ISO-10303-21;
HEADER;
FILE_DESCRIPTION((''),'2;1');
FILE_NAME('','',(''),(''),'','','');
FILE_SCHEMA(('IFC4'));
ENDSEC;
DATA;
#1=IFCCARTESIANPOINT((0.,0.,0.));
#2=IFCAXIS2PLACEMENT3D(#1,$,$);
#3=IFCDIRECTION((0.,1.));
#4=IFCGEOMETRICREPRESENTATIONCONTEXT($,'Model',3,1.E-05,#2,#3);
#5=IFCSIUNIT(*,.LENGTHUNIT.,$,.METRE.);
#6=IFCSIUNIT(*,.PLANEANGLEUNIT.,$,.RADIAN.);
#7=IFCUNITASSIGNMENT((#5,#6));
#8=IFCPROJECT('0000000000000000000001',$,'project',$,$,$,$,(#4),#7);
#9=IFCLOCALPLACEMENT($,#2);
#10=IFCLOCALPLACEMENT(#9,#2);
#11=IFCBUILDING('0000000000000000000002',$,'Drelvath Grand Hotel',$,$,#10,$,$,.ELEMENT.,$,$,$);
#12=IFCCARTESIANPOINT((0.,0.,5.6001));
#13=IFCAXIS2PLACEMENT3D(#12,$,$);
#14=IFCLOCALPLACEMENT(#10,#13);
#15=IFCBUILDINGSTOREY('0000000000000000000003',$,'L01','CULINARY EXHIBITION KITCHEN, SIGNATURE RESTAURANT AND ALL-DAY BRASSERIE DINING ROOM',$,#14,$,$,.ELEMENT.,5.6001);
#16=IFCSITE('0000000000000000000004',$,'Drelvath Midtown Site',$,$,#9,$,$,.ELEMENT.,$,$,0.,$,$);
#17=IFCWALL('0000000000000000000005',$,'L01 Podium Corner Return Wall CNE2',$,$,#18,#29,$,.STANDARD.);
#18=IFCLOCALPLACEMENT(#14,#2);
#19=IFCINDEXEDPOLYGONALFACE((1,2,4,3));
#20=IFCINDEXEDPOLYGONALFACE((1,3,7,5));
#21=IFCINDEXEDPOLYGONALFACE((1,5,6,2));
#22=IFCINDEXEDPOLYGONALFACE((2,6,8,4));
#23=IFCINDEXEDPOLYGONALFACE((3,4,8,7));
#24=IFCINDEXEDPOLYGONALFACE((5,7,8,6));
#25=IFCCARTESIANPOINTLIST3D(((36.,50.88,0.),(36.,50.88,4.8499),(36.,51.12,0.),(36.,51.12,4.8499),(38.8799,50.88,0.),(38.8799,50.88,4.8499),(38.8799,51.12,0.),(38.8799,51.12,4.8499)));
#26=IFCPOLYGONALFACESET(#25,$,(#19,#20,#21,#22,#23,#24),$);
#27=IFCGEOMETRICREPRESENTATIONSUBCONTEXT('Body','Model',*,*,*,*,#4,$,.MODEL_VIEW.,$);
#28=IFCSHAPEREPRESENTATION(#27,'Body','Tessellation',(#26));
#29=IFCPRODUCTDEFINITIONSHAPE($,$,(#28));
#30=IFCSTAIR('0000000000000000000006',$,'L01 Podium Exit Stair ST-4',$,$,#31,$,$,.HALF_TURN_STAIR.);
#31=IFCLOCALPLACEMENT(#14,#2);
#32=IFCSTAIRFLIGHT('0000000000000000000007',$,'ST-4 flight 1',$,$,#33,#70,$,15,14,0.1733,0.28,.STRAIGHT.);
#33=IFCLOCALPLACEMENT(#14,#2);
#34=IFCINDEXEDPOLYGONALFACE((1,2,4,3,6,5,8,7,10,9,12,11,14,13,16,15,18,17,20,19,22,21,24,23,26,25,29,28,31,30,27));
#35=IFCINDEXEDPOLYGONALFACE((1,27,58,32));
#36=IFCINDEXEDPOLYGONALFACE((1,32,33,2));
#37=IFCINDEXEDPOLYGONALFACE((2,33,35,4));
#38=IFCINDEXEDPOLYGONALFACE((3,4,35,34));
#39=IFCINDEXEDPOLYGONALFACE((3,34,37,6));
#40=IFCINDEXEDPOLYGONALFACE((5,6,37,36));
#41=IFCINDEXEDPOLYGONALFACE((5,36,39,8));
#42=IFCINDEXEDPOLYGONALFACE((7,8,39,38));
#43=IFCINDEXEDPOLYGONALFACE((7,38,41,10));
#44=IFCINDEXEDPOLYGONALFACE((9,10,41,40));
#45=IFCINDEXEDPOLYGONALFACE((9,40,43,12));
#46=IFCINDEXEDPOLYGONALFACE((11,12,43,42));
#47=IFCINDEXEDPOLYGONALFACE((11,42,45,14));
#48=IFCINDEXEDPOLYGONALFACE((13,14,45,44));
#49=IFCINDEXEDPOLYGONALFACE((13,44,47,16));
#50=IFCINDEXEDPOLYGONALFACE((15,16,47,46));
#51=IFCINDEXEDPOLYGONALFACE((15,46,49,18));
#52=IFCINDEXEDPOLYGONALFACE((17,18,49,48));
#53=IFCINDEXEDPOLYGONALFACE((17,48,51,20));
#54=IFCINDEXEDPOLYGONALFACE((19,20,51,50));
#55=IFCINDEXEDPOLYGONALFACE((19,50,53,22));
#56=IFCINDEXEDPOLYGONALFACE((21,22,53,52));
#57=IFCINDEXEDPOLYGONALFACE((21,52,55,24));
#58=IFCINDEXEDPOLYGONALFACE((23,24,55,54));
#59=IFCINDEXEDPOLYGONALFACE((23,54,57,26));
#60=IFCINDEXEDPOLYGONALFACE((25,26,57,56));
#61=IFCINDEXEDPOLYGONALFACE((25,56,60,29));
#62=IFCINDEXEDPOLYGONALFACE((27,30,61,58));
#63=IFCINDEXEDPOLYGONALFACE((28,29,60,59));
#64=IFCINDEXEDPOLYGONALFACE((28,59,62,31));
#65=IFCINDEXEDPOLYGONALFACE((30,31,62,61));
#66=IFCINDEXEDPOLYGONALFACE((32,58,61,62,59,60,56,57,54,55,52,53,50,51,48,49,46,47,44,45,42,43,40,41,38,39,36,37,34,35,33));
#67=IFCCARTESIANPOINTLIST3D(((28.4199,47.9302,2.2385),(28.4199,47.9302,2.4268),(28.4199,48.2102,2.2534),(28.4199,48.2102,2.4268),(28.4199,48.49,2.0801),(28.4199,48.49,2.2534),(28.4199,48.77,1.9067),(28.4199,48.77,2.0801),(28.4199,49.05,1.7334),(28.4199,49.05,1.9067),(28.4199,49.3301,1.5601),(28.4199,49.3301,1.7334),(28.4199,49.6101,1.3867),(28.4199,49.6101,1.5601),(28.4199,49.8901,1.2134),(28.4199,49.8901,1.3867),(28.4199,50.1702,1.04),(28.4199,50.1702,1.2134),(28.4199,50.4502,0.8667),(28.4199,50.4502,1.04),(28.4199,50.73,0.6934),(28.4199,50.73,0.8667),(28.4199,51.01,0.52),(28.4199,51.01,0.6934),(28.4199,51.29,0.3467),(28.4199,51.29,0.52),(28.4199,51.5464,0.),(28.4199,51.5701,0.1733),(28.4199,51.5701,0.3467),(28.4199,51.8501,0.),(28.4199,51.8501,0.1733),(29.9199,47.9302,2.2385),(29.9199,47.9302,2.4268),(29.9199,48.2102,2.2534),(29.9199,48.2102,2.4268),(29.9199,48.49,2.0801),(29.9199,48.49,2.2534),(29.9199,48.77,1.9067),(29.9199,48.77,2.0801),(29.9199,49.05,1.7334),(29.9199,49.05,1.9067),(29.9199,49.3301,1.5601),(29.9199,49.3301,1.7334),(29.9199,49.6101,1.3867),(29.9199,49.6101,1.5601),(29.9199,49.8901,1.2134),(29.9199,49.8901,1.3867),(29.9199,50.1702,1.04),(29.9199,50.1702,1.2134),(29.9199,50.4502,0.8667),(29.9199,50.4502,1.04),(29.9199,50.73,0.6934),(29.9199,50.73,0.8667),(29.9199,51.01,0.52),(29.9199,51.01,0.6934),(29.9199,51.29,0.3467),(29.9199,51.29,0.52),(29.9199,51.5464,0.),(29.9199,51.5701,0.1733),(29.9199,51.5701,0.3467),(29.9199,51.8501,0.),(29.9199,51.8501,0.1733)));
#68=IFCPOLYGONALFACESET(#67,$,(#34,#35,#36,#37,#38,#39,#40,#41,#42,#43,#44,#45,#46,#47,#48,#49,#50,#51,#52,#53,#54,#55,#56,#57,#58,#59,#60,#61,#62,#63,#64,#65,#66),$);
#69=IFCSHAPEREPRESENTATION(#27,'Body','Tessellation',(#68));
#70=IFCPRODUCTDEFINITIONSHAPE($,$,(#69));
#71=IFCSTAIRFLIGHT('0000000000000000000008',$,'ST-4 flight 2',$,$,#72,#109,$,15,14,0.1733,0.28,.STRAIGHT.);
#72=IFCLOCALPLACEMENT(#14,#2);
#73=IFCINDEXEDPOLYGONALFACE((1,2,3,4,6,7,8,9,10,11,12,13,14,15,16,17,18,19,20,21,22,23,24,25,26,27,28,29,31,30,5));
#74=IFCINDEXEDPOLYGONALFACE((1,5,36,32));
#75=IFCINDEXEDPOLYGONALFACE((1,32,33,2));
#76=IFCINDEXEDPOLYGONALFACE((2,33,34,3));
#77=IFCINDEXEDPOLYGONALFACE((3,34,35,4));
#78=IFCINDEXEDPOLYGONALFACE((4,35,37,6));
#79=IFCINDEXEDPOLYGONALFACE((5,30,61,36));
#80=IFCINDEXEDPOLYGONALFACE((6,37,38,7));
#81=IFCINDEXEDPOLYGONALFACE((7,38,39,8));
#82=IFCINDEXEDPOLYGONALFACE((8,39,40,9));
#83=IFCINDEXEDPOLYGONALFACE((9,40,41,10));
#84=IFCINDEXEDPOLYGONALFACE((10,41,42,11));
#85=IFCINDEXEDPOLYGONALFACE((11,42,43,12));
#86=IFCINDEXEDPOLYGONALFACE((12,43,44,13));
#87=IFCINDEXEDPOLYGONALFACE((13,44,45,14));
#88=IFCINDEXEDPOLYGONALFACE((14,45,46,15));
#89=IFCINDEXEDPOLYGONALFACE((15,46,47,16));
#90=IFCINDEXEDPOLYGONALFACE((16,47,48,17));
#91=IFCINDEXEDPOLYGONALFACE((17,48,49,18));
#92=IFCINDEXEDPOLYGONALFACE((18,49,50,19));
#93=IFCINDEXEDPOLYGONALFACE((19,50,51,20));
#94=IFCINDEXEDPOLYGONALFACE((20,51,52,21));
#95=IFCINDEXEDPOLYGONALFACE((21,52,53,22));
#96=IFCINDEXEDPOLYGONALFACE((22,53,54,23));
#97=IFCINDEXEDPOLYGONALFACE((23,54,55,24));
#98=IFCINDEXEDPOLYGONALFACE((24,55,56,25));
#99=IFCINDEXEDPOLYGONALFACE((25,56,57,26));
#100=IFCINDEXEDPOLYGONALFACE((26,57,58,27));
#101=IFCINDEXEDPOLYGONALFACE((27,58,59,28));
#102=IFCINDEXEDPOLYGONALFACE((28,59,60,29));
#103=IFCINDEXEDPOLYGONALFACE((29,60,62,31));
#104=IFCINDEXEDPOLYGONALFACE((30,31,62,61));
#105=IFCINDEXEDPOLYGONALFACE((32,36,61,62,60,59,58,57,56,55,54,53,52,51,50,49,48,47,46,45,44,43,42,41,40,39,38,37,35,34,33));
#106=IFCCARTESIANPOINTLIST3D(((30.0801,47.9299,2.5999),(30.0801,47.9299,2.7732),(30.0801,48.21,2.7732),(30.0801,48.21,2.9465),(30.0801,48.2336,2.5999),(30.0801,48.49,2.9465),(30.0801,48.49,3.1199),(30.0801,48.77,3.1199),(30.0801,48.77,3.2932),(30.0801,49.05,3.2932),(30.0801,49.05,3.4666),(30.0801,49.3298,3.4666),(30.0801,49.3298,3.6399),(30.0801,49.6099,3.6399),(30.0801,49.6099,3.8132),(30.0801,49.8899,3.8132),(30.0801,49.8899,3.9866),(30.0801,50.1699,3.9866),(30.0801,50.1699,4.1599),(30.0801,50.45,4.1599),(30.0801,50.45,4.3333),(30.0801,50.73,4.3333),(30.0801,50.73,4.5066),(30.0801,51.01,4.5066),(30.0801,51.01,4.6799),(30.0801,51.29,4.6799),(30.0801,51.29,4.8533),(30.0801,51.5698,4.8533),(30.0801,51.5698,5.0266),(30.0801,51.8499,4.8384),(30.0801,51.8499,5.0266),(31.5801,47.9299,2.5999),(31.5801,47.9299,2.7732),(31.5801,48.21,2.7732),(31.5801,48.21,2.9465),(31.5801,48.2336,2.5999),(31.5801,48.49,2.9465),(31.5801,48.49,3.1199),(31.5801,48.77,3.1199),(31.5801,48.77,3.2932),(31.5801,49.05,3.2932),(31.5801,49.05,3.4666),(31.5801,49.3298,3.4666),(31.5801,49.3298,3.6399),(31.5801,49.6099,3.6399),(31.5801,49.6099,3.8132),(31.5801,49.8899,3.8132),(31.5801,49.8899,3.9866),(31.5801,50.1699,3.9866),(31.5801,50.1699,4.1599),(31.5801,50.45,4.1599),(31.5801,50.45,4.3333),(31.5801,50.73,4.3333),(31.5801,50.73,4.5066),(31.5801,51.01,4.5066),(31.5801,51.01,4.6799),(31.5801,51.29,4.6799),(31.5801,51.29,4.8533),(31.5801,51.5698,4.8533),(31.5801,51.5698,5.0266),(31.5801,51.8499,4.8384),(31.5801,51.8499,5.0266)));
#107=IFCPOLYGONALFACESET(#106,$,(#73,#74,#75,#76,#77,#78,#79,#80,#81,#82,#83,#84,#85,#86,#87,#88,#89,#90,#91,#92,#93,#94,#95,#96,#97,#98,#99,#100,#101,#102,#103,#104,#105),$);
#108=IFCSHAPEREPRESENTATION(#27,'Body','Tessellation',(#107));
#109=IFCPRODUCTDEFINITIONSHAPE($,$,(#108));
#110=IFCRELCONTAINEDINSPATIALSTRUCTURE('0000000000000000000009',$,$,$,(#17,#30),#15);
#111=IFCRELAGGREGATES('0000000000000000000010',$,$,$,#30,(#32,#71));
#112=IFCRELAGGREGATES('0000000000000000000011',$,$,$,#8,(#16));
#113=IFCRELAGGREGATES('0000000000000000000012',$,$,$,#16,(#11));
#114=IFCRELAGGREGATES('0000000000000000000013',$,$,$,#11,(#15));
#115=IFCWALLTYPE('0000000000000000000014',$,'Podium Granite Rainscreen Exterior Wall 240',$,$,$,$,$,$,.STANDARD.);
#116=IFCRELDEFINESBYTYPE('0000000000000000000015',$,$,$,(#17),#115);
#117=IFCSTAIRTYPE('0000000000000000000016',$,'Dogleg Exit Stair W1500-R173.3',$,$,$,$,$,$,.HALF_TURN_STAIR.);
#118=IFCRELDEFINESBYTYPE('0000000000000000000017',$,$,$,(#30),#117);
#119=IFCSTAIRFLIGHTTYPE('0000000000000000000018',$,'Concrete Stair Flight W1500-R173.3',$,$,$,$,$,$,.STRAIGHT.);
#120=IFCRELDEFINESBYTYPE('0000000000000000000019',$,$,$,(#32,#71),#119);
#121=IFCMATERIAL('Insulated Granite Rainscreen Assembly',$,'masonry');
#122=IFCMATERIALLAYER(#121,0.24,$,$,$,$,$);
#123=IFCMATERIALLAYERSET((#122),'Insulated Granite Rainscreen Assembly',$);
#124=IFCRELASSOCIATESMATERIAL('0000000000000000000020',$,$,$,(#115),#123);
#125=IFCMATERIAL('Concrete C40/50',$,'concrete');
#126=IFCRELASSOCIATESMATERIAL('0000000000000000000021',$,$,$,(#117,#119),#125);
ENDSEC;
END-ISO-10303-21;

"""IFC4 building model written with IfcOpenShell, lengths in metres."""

from ifc_helpers import new_model, si_unit, direction, frame, frame_2d, origin, place, context, subcontext, project, spatial, polyline, rectangle, outline, extrude, material, layer, layer_set, type_object, element, aggregate, save


model = new_model("IFC4")

# Units and contexts
model_context = context("Model", 3, precision=1e-05, world=origin(), true_north=direction((0.0, 1.0)))
body_context = subcontext(model_context, "Body", "Model", "MODEL_VIEW")
ifc_project = project(units=[si_unit("LENGTHUNIT", "METRE"), si_unit("PLANEANGLEUNIT", "RADIAN")], contexts=[model_context])

# Site, building, storey
site_placement = place(None, origin())
site = spatial("IfcSite", under=ifc_project, at=site_placement, Name="Drelvath Midtown Site", CompositionType="ELEMENT", RefElevation=0.0)
building_placement = place(site_placement, origin())
building = spatial("IfcBuilding", under=site, at=building_placement, Name="Drelvath Grand Hotel", CompositionType="ELEMENT")
storey_placement = place(building_placement, frame((0.0, 0.0, 5.6001)))
storey = spatial("IfcBuildingStorey", under=building, at=storey_placement, Name="L01", Description="CULINARY EXHIBITION KITCHEN, SIGNATURE RESTAURANT AND ALL-DAY BRASSERIE DINING ROOM", CompositionType="ELEMENT", Elevation=5.6001)

# Shared definitions
ifc_material_1 = material(Name="Concrete C40/50", Category="concrete")

# Shared definitions
ifc_material_2 = material(Name="Insulated Granite Rainscreen Assembly", Category="masonry")
ifc_layer_1 = layer(ifc_material_2, 0.24)
ifc_layer_set_1 = layer_set([ifc_layer_1], Name="Insulated Granite Rainscreen Assembly")
wall_type_1 = type_object("IfcWallType", Name="Podium Granite Rainscreen Exterior Wall 240", PredefinedType="STANDARD", material=ifc_layer_set_1)

# Wall
for number, where, z_axis, x_axis, name in (
    (1, (36.0, 51.0, 0.0), (0.0, 0.0, 1.0), (1.0, 0.0, 0.0), "L01 Podium Corner Return Wall CNE2"),
):
    element("IfcWall", number, at=place(storey_placement, frame(where, z_axis=z_axis, x_axis=x_axis)), inside=storey, type_object=wall_type_1, Name=name, PredefinedType="STANDARD", context=body_context, shape_type="SweptSolid", body=[
        extrude(rectangle(XDim=2.8799, YDim=0.24, at=frame_2d((1.4399, 0.0))), origin(), (0.0, 0.0, 1.0), 4.8499),
    ])

# Stair, stair flights
stair_type = type_object("IfcStairType", Name="Dogleg Exit Stair W1500-R173.3", PredefinedType="HALF_TURN_STAIR", material=ifc_material_1)
stair_placement = place(storey_placement, origin())
stair = element("IfcStair", 2, at=stair_placement, inside=storey, type_object=stair_type, Name="L01 Podium Exit Stair ST-4", PredefinedType="HALF_TURN_STAIR")
stair_flight_type = type_object("IfcStairFlightType", Name="Concrete Stair Flight W1500-R173.3", PredefinedType="STRAIGHT", material=ifc_material_1)
stair_flight_1_placement = place(storey_placement, frame((29.1699, 51.8501, 0.0), z_axis=(0.0, 0.0, 1.0), x_axis=(0.0, -1.0, 0.0)))
stair_flight_1 = element("IfcStairFlight", 3, at=stair_flight_1_placement, type_object=stair_flight_type, Name="ST-4 flight 1", NumberOfRisers=15, NumberOfTreads=14, PredefinedType="STRAIGHT", RiserHeight=0.1733, TreadLength=0.28, context=body_context, shape_type="SweptSolid", body=[
    extrude(outline(polyline([(0.0, 0.0), (0.0, 0.1733), (0.28, 0.1733), (0.28, 0.3467), (0.5601, 0.3467), (0.5601, 0.52), (0.8401, 0.52), (0.8401, 0.6934), (1.1201, 0.6934), (1.1201, 0.8667), (1.3999, 0.8667), (1.3999, 1.04), (1.6799, 1.04), (1.6799, 1.2134), (1.96, 1.2134), (1.96, 1.3867), (2.24, 1.3867), (2.24, 1.5601), (2.52, 1.5601), (2.52, 1.7334), (2.8, 1.7334), (2.8, 1.9067), (3.0801, 1.9067), (3.0801, 2.0801), (3.3601, 2.0801), (3.3601, 2.2534), (3.6399, 2.2534), (3.6399, 2.4268), (3.9199, 2.4268), (3.9199, 2.6001), (3.9199, 2.2385), (0.3037, 0.0), (0.0, 0.0)])), frame((0.0, 0.75, 0.0), z_axis=(0.0, -1.0, 0.0), x_axis=(1.0, 0.0, 0.0)), (0.0, 0.0, 1.0), 1.5),
])
stair_flight_2_placement = place(storey_placement, frame((30.8301, 47.9299, 2.5999), z_axis=(0.0, 0.0, 1.0), x_axis=(0.0, 1.0, 0.0)))
stair_flight_2 = element("IfcStairFlight", 4, at=stair_flight_2_placement, type_object=stair_flight_type, Name="ST-4 flight 2", NumberOfRisers=15, NumberOfTreads=14, PredefinedType="STRAIGHT", RiserHeight=0.1733, TreadLength=0.28, context=body_context, shape_type="SweptSolid", body=[
    extrude(outline(polyline([(0.0, 0.0), (0.0, 0.1733), (0.28, 0.1733), (0.28, 0.3467), (0.5601, 0.3467), (0.5601, 0.52), (0.8401, 0.52), (0.8401, 0.6934), (1.1201, 0.6934), (1.1201, 0.8667), (1.3999, 0.8667), (1.3999, 1.04), (1.6799, 1.04), (1.6799, 1.2134), (1.96, 1.2134), (1.96, 1.3867), (2.24, 1.3867), (2.24, 1.5601), (2.52, 1.5601), (2.52, 1.7334), (2.8, 1.7334), (2.8, 1.9067), (3.0801, 1.9067), (3.0801, 2.0801), (3.3601, 2.0801), (3.3601, 2.2534), (3.6399, 2.2534), (3.6399, 2.4268), (3.9199, 2.4268), (3.9199, 2.6001), (3.9199, 2.2385), (0.3037, 0.0), (0.0, 0.0)])), frame((0.0, 0.75, 0.0), z_axis=(0.0, -1.0, 0.0), x_axis=(1.0, 0.0, 0.0)), (0.0, 0.0, 1.0), 1.5),
])
aggregate(stair, [stair_flight_1, stair_flight_2])

save(model, "model.ifc")
